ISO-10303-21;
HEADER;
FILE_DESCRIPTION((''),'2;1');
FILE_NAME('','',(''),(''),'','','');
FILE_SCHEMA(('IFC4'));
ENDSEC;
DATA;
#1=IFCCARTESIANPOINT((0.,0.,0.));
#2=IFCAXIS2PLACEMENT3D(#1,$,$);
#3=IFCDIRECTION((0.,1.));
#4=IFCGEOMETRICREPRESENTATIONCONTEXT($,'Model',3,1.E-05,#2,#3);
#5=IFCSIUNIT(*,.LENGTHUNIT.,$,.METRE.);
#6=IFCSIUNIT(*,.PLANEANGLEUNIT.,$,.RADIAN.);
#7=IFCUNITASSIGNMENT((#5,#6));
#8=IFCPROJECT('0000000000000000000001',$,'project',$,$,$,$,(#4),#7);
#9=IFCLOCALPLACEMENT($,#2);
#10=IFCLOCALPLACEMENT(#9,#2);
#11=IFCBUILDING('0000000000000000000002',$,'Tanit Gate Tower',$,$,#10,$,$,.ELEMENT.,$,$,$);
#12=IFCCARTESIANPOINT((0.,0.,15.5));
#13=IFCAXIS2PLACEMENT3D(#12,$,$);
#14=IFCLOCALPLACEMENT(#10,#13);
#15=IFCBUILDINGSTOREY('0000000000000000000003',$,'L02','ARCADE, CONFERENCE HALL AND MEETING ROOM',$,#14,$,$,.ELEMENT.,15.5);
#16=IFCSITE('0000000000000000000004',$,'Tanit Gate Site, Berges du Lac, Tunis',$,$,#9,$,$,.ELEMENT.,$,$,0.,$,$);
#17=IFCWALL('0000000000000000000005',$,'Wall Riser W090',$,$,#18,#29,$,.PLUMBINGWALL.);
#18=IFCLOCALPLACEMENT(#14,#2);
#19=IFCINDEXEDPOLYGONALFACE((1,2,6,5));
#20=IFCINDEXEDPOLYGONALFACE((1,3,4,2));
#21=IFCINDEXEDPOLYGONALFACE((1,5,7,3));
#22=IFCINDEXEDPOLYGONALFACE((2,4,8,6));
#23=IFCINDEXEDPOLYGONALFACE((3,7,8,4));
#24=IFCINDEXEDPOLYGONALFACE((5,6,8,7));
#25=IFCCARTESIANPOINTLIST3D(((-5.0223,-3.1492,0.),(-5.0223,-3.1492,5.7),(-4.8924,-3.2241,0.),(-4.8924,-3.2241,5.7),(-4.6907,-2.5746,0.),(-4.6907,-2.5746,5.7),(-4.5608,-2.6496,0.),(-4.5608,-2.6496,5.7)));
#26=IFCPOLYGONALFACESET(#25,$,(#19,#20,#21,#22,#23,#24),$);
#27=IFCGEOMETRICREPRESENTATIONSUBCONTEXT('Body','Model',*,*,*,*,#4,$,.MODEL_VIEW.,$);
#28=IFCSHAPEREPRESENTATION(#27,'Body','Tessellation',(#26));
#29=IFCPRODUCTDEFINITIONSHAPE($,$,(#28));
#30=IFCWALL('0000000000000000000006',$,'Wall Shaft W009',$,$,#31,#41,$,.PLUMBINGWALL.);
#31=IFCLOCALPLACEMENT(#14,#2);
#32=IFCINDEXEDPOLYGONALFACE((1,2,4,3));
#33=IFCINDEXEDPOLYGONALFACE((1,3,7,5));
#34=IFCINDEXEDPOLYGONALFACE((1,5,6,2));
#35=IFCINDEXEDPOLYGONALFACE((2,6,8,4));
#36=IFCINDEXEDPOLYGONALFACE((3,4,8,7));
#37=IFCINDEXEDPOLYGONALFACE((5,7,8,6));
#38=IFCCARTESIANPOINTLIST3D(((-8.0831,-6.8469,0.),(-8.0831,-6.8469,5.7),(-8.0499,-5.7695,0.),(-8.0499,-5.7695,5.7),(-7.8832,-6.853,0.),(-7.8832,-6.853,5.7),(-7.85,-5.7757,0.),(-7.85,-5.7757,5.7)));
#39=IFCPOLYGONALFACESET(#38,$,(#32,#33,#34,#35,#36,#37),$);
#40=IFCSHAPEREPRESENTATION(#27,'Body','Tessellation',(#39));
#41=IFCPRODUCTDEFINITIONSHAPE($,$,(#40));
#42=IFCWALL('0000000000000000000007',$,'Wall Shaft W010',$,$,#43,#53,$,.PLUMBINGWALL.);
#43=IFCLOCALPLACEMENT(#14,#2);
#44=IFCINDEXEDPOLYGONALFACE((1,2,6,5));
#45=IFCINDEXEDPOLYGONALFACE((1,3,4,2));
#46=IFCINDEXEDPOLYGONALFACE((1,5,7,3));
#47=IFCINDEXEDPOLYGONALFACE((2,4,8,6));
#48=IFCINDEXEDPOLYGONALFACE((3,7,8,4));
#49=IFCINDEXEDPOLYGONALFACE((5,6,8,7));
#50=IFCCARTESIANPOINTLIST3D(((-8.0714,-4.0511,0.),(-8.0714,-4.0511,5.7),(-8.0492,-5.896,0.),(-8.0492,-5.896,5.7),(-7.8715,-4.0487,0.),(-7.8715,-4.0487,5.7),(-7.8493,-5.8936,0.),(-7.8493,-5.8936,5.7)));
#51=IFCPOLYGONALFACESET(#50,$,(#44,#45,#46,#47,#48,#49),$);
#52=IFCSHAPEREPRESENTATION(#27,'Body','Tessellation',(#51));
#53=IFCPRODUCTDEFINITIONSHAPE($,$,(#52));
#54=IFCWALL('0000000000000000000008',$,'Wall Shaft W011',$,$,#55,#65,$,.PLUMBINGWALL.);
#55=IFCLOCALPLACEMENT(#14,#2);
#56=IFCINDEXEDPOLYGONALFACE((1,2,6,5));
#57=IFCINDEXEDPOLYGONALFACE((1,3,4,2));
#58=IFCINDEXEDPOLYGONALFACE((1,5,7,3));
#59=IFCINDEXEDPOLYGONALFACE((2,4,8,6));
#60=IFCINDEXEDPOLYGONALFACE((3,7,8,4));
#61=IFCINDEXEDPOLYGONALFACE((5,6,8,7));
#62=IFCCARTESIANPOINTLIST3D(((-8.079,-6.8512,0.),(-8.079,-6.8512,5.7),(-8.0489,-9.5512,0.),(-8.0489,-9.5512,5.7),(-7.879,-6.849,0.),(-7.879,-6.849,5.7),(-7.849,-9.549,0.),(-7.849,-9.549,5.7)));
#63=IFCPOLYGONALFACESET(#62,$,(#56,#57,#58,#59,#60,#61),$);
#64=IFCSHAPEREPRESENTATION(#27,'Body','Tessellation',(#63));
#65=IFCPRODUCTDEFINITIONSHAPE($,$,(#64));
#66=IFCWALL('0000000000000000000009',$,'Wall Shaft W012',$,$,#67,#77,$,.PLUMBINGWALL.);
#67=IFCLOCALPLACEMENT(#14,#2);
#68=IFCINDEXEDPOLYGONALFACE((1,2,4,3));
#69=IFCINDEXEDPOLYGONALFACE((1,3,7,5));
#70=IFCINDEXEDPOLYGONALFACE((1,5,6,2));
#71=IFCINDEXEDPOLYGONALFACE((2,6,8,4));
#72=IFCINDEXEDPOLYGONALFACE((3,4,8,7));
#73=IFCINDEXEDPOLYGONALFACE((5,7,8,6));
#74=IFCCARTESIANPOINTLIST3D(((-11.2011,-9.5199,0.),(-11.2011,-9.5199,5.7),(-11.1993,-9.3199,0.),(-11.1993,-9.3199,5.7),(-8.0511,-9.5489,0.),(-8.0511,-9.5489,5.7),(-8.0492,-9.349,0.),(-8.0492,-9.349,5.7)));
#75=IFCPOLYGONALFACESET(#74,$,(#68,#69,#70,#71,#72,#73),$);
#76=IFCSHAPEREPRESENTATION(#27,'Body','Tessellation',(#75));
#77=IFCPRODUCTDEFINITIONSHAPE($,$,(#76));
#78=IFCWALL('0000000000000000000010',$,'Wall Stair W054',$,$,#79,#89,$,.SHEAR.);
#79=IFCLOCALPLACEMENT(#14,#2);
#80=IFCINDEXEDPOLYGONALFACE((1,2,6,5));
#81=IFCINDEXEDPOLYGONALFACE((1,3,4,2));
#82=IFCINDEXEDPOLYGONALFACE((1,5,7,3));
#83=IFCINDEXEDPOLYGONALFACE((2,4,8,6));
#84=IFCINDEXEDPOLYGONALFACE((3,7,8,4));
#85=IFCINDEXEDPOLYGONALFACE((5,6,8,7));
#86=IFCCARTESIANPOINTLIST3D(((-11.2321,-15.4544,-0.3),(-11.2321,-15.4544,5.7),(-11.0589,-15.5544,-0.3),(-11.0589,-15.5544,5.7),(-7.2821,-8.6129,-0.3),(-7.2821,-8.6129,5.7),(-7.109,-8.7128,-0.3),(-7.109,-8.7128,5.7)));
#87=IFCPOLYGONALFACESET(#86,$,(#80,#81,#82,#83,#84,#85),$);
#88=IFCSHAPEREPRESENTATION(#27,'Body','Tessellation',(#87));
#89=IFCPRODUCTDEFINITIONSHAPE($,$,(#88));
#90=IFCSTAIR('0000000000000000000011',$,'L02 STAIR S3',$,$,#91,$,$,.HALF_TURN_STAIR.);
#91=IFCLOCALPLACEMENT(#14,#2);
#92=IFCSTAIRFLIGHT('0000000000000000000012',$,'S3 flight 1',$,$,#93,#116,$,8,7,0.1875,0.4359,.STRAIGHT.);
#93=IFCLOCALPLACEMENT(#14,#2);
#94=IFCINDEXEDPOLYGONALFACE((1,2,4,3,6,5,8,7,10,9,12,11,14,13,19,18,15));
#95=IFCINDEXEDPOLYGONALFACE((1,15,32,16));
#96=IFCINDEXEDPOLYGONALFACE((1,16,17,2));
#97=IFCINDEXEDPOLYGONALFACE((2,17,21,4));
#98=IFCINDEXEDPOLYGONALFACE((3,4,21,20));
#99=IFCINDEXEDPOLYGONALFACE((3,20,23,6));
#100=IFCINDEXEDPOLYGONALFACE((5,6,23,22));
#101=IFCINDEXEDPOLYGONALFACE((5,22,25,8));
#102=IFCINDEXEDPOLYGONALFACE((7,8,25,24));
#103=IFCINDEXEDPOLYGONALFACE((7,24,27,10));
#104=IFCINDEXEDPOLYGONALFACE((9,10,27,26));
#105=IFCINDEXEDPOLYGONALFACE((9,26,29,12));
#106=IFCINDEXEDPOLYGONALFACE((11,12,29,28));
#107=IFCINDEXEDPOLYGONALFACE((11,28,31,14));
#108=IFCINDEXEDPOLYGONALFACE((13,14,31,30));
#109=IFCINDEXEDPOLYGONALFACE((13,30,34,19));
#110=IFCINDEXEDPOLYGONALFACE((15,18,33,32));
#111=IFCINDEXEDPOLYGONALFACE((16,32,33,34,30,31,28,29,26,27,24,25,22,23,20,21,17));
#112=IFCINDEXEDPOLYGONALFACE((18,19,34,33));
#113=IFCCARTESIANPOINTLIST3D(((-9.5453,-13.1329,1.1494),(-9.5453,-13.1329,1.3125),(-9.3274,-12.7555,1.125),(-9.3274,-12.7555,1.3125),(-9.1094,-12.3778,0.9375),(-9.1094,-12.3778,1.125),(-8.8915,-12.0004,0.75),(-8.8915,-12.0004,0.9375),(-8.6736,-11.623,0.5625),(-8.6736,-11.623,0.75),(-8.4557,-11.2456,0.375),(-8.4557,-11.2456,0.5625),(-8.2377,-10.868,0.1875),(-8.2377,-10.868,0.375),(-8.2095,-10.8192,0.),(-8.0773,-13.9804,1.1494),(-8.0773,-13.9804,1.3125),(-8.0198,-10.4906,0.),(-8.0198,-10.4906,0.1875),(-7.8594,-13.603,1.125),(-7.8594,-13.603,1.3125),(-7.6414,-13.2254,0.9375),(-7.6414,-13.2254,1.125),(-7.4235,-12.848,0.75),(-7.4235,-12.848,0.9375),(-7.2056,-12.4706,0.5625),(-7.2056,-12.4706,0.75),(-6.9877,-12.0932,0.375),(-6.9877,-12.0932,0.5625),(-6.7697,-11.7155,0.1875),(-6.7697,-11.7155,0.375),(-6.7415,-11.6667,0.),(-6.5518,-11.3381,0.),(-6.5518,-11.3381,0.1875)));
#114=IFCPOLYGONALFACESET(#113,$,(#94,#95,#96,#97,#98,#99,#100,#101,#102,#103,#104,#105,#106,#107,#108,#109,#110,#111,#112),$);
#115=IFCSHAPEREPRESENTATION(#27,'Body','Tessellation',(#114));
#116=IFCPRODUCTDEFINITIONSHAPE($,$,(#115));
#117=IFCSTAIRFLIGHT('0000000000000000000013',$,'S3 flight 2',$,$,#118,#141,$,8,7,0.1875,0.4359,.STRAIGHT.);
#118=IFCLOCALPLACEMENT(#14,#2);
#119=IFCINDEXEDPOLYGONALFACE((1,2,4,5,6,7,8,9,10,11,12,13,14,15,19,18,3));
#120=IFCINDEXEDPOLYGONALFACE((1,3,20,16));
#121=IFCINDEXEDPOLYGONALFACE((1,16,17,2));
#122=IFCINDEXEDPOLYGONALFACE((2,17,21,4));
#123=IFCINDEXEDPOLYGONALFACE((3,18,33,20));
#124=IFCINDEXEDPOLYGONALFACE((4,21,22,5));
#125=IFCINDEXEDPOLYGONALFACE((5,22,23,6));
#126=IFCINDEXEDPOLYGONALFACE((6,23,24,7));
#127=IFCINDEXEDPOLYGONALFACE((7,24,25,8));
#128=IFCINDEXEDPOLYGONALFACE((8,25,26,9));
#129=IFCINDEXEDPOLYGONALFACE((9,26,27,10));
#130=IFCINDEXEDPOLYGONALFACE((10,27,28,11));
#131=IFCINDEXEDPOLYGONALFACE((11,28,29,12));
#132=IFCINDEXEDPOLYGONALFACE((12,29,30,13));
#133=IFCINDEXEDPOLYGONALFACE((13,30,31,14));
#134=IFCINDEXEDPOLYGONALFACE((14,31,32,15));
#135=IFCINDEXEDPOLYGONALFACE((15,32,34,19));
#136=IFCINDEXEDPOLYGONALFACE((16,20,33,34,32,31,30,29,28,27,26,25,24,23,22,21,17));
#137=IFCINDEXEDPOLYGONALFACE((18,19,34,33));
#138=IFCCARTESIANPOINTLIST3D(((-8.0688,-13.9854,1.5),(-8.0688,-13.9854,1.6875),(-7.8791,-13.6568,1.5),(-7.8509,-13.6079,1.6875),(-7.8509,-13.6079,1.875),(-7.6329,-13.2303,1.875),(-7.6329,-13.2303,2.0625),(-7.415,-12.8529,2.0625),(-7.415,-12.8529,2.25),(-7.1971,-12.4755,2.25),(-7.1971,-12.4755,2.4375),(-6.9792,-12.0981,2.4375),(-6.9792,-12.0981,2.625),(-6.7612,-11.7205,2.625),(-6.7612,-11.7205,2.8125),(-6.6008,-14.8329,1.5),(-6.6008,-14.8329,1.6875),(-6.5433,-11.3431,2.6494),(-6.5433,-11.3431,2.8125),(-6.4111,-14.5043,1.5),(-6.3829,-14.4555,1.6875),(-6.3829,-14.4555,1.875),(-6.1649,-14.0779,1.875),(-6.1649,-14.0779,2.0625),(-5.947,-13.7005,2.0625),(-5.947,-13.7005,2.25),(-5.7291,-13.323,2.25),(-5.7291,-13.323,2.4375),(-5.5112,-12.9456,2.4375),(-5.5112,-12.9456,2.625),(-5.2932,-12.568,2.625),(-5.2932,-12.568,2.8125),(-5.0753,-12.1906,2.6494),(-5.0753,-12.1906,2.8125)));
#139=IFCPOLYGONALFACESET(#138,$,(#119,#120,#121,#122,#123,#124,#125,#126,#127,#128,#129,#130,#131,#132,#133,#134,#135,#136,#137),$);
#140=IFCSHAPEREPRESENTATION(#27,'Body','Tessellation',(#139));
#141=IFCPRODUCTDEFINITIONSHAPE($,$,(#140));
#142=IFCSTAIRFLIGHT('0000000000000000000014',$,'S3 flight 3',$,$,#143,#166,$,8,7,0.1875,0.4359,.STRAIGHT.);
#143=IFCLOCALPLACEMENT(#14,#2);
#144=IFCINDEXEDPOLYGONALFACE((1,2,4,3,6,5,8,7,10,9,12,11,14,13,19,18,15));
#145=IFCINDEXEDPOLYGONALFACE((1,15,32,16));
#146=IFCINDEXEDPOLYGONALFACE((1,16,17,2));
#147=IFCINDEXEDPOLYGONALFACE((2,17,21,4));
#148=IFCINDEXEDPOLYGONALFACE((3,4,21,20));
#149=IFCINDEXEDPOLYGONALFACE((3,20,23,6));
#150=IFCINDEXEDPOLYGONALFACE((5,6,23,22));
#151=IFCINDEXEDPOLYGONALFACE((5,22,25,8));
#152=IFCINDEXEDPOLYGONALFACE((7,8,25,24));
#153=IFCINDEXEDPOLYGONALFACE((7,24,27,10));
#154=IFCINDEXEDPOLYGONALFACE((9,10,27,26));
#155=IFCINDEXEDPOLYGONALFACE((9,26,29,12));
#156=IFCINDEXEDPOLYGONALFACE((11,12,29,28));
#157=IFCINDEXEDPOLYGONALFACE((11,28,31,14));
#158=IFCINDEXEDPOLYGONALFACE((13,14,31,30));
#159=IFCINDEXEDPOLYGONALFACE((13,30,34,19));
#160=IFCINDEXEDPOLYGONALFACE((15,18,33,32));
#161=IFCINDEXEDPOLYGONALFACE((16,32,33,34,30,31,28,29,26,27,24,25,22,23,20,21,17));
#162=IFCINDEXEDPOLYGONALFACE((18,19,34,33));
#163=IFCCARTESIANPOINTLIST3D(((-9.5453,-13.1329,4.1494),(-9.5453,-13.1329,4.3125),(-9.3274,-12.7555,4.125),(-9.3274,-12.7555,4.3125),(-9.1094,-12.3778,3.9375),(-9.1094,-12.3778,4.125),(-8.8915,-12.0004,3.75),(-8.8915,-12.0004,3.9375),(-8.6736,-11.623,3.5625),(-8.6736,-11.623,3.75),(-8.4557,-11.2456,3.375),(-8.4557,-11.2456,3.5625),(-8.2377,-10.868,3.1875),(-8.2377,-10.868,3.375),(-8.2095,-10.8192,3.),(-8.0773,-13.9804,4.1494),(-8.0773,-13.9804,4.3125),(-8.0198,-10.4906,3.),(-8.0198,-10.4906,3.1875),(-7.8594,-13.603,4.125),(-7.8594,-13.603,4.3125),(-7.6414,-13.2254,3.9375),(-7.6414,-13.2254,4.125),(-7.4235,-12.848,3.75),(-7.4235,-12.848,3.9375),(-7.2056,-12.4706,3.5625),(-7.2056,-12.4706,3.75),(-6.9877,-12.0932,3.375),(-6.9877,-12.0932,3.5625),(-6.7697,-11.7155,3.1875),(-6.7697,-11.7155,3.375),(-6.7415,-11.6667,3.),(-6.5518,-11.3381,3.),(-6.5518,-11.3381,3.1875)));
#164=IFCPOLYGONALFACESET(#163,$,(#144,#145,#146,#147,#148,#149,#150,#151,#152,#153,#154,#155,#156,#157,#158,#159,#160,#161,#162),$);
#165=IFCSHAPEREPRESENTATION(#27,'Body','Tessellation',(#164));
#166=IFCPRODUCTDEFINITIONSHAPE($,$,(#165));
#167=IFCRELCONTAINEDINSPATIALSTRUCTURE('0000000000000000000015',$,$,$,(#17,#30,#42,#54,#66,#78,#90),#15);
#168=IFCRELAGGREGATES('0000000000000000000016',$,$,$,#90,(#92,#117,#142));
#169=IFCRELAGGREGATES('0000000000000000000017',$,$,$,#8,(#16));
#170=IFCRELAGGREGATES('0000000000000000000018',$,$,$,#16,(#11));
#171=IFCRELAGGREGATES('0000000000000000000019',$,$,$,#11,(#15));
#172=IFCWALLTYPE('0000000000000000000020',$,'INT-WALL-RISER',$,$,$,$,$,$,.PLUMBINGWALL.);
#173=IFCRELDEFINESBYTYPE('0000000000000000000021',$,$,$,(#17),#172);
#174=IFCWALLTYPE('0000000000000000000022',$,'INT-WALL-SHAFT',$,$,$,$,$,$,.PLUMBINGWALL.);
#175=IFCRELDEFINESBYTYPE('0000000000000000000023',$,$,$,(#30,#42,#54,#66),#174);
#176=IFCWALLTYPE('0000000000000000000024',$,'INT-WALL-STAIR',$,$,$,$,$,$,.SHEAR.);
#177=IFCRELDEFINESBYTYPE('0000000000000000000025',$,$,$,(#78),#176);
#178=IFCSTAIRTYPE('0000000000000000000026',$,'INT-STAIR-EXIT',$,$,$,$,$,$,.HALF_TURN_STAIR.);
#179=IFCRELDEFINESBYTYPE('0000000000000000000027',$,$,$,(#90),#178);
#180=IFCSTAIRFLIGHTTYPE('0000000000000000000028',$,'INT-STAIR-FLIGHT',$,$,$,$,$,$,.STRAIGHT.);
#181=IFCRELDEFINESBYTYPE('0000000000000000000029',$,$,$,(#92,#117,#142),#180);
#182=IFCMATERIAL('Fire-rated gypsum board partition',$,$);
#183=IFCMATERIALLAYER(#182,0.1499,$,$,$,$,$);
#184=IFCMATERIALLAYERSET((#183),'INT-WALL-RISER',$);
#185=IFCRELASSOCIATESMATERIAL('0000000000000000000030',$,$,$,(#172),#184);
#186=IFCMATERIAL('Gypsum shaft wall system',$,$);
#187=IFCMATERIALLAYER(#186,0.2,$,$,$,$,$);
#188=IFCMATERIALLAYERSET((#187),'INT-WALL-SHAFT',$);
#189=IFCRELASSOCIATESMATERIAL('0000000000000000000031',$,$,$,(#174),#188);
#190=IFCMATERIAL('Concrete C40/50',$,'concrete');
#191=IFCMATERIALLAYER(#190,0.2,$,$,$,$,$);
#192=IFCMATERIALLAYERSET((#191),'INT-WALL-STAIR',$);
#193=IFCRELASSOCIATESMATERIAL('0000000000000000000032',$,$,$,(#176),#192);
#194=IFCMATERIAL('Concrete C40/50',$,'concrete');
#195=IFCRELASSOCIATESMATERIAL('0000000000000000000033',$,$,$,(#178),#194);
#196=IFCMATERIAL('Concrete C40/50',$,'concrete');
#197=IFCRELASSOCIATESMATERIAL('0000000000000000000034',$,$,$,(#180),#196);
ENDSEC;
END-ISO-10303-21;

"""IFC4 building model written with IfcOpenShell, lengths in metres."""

from ifc_helpers import new_model, si_unit, direction, frame, frame_2d, origin, place, context, subcontext, project, spatial, polyline, rectangle, outline, extrude, material, layer, layer_set, type_object, element, aggregate, save


model = new_model("IFC4")

# Units and contexts
model_context = context("Model", 3, precision=1e-05, world=origin(), true_north=direction((0.0, 1.0)))
body_context = subcontext(model_context, "Body", "Model", "MODEL_VIEW")
ifc_project = project(units=[si_unit("LENGTHUNIT", "METRE"), si_unit("PLANEANGLEUNIT", "RADIAN")], contexts=[model_context])

# Site, building, storey
site_placement = place(None, origin())
site = spatial("IfcSite", under=ifc_project, at=site_placement, Name="Tanit Gate Site, Berges du Lac, Tunis", CompositionType="ELEMENT", RefElevation=0.0)
building_placement = place(site_placement, origin())
building = spatial("IfcBuilding", under=site, at=building_placement, Name="Tanit Gate Tower", CompositionType="ELEMENT")
storey_placement = place(building_placement, frame((0.0, 0.0, 15.5)))
storey = spatial("IfcBuildingStorey", under=building, at=storey_placement, Name="L02", Description="ARCADE, CONFERENCE HALL AND MEETING ROOM", CompositionType="ELEMENT", Elevation=15.5)

# Shared definitions
ifc_material_1 = material(Name="Fire-rated gypsum board partition")
ifc_layer_1 = layer(ifc_material_1, 0.1499)
ifc_layer_set_1 = layer_set([ifc_layer_1], Name="INT-WALL-RISER")
wall_type_1 = type_object("IfcWallType", Name="INT-WALL-RISER", PredefinedType="PLUMBINGWALL", material=ifc_layer_set_1)

# Walls
wall_1_placement = place(storey_placement, frame((-4.9573, -3.1865, 0.0), z_axis=(0.0, 0.0, 1.0), x_axis=(0.499861, 0.866106, 0.0)))
element("IfcWall", 1, at=wall_1_placement, inside=storey, type_object=wall_type_1, Name="Wall Riser W090", PredefinedType="PLUMBINGWALL", context=body_context, shape_type="SweptSolid", body=[
    extrude(rectangle(XDim=0.6633, YDim=0.1499, at=frame_2d((0.3315, 0.0))), origin(), (0.0, 0.0, 1.0), 5.7),
])
ifc_material_2 = material(Name="Gypsum shaft wall system")
ifc_layer_2 = layer(ifc_material_2, 0.2)
ifc_layer_set_2 = layer_set([ifc_layer_2], Name="INT-WALL-SHAFT")
wall_type_2 = type_object("IfcWallType", Name="INT-WALL-SHAFT", PredefinedType="PLUMBINGWALL", material=ifc_layer_set_2)
wall_2_placement = place(storey_placement, frame((-7.95, -5.7725, 0.0), z_axis=(0.0, 0.0, 1.0), x_axis=(-0.030803, -0.999525, 0.0)))
element("IfcWall", 2, at=wall_2_placement, inside=storey, type_object=wall_type_2, Name="Wall Shaft W009", PredefinedType="PLUMBINGWALL", context=body_context, shape_type="SweptSolid", body=[
    extrude(rectangle(XDim=1.0779, YDim=0.2, at=frame_2d((0.5391, 0.0))), origin(), (0.0, 0.0, 1.0), 5.7),
])
wall_3_placement = place(storey_placement, frame((-7.9714, -4.05, 0.0), z_axis=(0.0, 0.0, 1.0), x_axis=(0.012043, -0.999927, 0.0)))
element("IfcWall", 3, at=wall_3_placement, inside=storey, type_object=wall_type_2, Name="Wall Shaft W010", PredefinedType="PLUMBINGWALL", context=body_context, shape_type="SweptSolid", body=[
    extrude(rectangle(XDim=1.845, YDim=0.2, at=frame_2d((0.9224, 0.0))), origin(), (0.0, 0.0, 1.0), 5.7),
])
wall_4_placement = place(storey_placement, frame((-7.979, -6.8501, 0.0), z_axis=(0.0, 0.0, 1.0), x_axis=(0.011121, -0.999938, 0.0)))
element("IfcWall", 4, at=wall_4_placement, inside=storey, type_object=wall_type_2, Name="Wall Shaft W011", PredefinedType="PLUMBINGWALL", context=body_context, shape_type="SweptSolid", body=[
    extrude(rectangle(XDim=2.7002, YDim=0.2, at=frame_2d((1.3501, 0.0))), origin(), (0.0, 0.0, 1.0), 5.7),
])
wall_5_placement = place(storey_placement, frame((-8.05, -9.449, 0.0), z_axis=(0.0, 0.0, 1.0), x_axis=(-0.999957, 0.009223, 0.0)))
element("IfcWall", 5, at=wall_5_placement, inside=storey, type_object=wall_type_2, Name="Wall Shaft W012", PredefinedType="PLUMBINGWALL", context=body_context, shape_type="SweptSolid", body=[
    extrude(rectangle(XDim=3.1501, YDim=0.2, at=frame_2d((1.5752, 0.0))), origin(), (0.0, 0.0, 1.0), 5.7),
])
ifc_material_3 = material(Name="Concrete C40/50", Category="concrete")
ifc_layer_3 = layer(ifc_material_3, 0.2)
ifc_layer_set_3 = layer_set([ifc_layer_3], Name="INT-WALL-STAIR")
wall_type_3 = type_object("IfcWallType", Name="INT-WALL-STAIR", PredefinedType="SHEAR", material=ifc_layer_set_3)
wall_6_placement = place(storey_placement, frame((-7.1956, -8.6628, -0.3), z_axis=(0.0, 0.0, 1.0), x_axis=(-0.499998, -0.866027, 0.0)))
element("IfcWall", 6, at=wall_6_placement, inside=storey, type_object=wall_type_3, Name="Wall Stair W054", PredefinedType="SHEAR", context=body_context, shape_type="SweptSolid", body=[
    extrude(rectangle(XDim=7.8999, YDim=0.2, at=frame_2d((3.95, 0.0))), origin(), (0.0, 0.0, 1.0), 6.0),
])

# Stair, stair flights
ifc_material_4 = material(Name="Concrete C40/50", Category="concrete")
stair_type = type_object("IfcStairType", Name="INT-STAIR-EXIT", PredefinedType="HALF_TURN_STAIR", material=ifc_material_4)
stair_placement = place(storey_placement, origin())
stair = element("IfcStair", 7, at=stair_placement, inside=storey, type_object=stair_type, Name="L02 STAIR S3", PredefinedType="HALF_TURN_STAIR")
ifc_material_5 = material(Name="Concrete C40/50", Category="concrete")
stair_flight_type = type_object("IfcStairFlightType", Name="INT-STAIR-FLIGHT", PredefinedType="STRAIGHT", material=ifc_material_5)
stair_flight_1_placement = place(storey_placement, frame((-7.2859, -10.9143, 0.0), z_axis=(0.0, 0.0, 1.0), x_axis=(-0.5, -0.866025, 0.0)))
stair_flight_1 = element("IfcStairFlight", 8, at=stair_flight_1_placement, type_object=stair_flight_type, Name="S3 flight 1", NumberOfRisers=8, NumberOfTreads=7, PredefinedType="STRAIGHT", RiserHeight=0.1875, TreadLength=0.4359, context=body_context, shape_type="SweptSolid", body=[
    extrude(outline(polyline([(0.0, 0.0), (0.0, 0.1875), (0.4358, 0.1875), (0.4358, 0.375), (0.8718, 0.375), (0.8718, 0.5625), (1.3076, 0.5625), (1.3076, 0.75), (1.7434, 0.75), (1.7434, 0.9375), (2.1792, 0.9375), (2.1792, 1.125), (2.6152, 1.125), (2.6152, 1.3125), (3.051, 1.3125), (3.051, 1.5), (3.051, 1.1494), (0.3794, 0.0), (0.0, 0.0)])), frame((0.0, 0.8477, 0.0), z_axis=(0.0, -1.0, 0.0), x_axis=(1.0, 0.0, 0.0)), (0.0, 0.0, 1.0), 1.6951),
])
stair_flight_2_placement = place(storey_placement, frame((-7.3347, -14.4092, 1.5), z_axis=(0.0, 0.0, 1.0), x_axis=(0.5, 0.866025, 0.0)))
stair_flight_2 = element("IfcStairFlight", 9, at=stair_flight_2_placement, type_object=stair_flight_type, Name="S3 flight 2", NumberOfRisers=8, NumberOfTreads=7, PredefinedType="STRAIGHT", RiserHeight=0.1875, TreadLength=0.4359, context=body_context, shape_type="SweptSolid", body=[
    extrude(outline(polyline([(0.0, 0.0), (0.0, 0.1875), (0.4358, 0.1875), (0.4358, 0.375), (0.8718, 0.375), (0.8718, 0.5625), (1.3076, 0.5625), (1.3076, 0.75), (1.7434, 0.75), (1.7434, 0.9375), (2.1792, 0.9375), (2.1792, 1.125), (2.6152, 1.125), (2.6152, 1.3125), (3.051, 1.3125), (3.051, 1.5), (3.051, 1.1494), (0.3794, 0.0), (0.0, 0.0)])), frame((0.0, 0.8477, 0.0), z_axis=(0.0, -1.0, 0.0), x_axis=(1.0, 0.0, 0.0)), (0.0, 0.0, 1.0), 1.6951),
])
stair_flight_3_placement = place(storey_placement, frame((-7.2859, -10.9143, 3.0), z_axis=(0.0, 0.0, 1.0), x_axis=(-0.5, -0.866025, 0.0)))
stair_flight_3 = element("IfcStairFlight", 10, at=stair_flight_3_placement, type_object=stair_flight_type, Name="S3 flight 3", NumberOfRisers=8, NumberOfTreads=7, PredefinedType="STRAIGHT", RiserHeight=0.1875, TreadLength=0.4359, context=body_context, shape_type="SweptSolid", body=[
    extrude(outline(polyline([(0.0, 0.0), (0.0, 0.1875), (0.4358, 0.1875), (0.4358, 0.375), (0.8718, 0.375), (0.8718, 0.5625), (1.3076, 0.5625), (1.3076, 0.75), (1.7434, 0.75), (1.7434, 0.9375), (2.1792, 0.9375), (2.1792, 1.125), (2.6152, 1.125), (2.6152, 1.3125), (3.051, 1.3125), (3.051, 1.5), (3.051, 1.1494), (0.3794, 0.0), (0.0, 0.0)])), frame((0.0, 0.8477, 0.0), z_axis=(0.0, -1.0, 0.0), x_axis=(1.0, 0.0, 0.0)), (0.0, 0.0, 1.0), 1.6951),
])
aggregate(stair, [stair_flight_1, stair_flight_2, stair_flight_3])

save(model, "model.ifc")
